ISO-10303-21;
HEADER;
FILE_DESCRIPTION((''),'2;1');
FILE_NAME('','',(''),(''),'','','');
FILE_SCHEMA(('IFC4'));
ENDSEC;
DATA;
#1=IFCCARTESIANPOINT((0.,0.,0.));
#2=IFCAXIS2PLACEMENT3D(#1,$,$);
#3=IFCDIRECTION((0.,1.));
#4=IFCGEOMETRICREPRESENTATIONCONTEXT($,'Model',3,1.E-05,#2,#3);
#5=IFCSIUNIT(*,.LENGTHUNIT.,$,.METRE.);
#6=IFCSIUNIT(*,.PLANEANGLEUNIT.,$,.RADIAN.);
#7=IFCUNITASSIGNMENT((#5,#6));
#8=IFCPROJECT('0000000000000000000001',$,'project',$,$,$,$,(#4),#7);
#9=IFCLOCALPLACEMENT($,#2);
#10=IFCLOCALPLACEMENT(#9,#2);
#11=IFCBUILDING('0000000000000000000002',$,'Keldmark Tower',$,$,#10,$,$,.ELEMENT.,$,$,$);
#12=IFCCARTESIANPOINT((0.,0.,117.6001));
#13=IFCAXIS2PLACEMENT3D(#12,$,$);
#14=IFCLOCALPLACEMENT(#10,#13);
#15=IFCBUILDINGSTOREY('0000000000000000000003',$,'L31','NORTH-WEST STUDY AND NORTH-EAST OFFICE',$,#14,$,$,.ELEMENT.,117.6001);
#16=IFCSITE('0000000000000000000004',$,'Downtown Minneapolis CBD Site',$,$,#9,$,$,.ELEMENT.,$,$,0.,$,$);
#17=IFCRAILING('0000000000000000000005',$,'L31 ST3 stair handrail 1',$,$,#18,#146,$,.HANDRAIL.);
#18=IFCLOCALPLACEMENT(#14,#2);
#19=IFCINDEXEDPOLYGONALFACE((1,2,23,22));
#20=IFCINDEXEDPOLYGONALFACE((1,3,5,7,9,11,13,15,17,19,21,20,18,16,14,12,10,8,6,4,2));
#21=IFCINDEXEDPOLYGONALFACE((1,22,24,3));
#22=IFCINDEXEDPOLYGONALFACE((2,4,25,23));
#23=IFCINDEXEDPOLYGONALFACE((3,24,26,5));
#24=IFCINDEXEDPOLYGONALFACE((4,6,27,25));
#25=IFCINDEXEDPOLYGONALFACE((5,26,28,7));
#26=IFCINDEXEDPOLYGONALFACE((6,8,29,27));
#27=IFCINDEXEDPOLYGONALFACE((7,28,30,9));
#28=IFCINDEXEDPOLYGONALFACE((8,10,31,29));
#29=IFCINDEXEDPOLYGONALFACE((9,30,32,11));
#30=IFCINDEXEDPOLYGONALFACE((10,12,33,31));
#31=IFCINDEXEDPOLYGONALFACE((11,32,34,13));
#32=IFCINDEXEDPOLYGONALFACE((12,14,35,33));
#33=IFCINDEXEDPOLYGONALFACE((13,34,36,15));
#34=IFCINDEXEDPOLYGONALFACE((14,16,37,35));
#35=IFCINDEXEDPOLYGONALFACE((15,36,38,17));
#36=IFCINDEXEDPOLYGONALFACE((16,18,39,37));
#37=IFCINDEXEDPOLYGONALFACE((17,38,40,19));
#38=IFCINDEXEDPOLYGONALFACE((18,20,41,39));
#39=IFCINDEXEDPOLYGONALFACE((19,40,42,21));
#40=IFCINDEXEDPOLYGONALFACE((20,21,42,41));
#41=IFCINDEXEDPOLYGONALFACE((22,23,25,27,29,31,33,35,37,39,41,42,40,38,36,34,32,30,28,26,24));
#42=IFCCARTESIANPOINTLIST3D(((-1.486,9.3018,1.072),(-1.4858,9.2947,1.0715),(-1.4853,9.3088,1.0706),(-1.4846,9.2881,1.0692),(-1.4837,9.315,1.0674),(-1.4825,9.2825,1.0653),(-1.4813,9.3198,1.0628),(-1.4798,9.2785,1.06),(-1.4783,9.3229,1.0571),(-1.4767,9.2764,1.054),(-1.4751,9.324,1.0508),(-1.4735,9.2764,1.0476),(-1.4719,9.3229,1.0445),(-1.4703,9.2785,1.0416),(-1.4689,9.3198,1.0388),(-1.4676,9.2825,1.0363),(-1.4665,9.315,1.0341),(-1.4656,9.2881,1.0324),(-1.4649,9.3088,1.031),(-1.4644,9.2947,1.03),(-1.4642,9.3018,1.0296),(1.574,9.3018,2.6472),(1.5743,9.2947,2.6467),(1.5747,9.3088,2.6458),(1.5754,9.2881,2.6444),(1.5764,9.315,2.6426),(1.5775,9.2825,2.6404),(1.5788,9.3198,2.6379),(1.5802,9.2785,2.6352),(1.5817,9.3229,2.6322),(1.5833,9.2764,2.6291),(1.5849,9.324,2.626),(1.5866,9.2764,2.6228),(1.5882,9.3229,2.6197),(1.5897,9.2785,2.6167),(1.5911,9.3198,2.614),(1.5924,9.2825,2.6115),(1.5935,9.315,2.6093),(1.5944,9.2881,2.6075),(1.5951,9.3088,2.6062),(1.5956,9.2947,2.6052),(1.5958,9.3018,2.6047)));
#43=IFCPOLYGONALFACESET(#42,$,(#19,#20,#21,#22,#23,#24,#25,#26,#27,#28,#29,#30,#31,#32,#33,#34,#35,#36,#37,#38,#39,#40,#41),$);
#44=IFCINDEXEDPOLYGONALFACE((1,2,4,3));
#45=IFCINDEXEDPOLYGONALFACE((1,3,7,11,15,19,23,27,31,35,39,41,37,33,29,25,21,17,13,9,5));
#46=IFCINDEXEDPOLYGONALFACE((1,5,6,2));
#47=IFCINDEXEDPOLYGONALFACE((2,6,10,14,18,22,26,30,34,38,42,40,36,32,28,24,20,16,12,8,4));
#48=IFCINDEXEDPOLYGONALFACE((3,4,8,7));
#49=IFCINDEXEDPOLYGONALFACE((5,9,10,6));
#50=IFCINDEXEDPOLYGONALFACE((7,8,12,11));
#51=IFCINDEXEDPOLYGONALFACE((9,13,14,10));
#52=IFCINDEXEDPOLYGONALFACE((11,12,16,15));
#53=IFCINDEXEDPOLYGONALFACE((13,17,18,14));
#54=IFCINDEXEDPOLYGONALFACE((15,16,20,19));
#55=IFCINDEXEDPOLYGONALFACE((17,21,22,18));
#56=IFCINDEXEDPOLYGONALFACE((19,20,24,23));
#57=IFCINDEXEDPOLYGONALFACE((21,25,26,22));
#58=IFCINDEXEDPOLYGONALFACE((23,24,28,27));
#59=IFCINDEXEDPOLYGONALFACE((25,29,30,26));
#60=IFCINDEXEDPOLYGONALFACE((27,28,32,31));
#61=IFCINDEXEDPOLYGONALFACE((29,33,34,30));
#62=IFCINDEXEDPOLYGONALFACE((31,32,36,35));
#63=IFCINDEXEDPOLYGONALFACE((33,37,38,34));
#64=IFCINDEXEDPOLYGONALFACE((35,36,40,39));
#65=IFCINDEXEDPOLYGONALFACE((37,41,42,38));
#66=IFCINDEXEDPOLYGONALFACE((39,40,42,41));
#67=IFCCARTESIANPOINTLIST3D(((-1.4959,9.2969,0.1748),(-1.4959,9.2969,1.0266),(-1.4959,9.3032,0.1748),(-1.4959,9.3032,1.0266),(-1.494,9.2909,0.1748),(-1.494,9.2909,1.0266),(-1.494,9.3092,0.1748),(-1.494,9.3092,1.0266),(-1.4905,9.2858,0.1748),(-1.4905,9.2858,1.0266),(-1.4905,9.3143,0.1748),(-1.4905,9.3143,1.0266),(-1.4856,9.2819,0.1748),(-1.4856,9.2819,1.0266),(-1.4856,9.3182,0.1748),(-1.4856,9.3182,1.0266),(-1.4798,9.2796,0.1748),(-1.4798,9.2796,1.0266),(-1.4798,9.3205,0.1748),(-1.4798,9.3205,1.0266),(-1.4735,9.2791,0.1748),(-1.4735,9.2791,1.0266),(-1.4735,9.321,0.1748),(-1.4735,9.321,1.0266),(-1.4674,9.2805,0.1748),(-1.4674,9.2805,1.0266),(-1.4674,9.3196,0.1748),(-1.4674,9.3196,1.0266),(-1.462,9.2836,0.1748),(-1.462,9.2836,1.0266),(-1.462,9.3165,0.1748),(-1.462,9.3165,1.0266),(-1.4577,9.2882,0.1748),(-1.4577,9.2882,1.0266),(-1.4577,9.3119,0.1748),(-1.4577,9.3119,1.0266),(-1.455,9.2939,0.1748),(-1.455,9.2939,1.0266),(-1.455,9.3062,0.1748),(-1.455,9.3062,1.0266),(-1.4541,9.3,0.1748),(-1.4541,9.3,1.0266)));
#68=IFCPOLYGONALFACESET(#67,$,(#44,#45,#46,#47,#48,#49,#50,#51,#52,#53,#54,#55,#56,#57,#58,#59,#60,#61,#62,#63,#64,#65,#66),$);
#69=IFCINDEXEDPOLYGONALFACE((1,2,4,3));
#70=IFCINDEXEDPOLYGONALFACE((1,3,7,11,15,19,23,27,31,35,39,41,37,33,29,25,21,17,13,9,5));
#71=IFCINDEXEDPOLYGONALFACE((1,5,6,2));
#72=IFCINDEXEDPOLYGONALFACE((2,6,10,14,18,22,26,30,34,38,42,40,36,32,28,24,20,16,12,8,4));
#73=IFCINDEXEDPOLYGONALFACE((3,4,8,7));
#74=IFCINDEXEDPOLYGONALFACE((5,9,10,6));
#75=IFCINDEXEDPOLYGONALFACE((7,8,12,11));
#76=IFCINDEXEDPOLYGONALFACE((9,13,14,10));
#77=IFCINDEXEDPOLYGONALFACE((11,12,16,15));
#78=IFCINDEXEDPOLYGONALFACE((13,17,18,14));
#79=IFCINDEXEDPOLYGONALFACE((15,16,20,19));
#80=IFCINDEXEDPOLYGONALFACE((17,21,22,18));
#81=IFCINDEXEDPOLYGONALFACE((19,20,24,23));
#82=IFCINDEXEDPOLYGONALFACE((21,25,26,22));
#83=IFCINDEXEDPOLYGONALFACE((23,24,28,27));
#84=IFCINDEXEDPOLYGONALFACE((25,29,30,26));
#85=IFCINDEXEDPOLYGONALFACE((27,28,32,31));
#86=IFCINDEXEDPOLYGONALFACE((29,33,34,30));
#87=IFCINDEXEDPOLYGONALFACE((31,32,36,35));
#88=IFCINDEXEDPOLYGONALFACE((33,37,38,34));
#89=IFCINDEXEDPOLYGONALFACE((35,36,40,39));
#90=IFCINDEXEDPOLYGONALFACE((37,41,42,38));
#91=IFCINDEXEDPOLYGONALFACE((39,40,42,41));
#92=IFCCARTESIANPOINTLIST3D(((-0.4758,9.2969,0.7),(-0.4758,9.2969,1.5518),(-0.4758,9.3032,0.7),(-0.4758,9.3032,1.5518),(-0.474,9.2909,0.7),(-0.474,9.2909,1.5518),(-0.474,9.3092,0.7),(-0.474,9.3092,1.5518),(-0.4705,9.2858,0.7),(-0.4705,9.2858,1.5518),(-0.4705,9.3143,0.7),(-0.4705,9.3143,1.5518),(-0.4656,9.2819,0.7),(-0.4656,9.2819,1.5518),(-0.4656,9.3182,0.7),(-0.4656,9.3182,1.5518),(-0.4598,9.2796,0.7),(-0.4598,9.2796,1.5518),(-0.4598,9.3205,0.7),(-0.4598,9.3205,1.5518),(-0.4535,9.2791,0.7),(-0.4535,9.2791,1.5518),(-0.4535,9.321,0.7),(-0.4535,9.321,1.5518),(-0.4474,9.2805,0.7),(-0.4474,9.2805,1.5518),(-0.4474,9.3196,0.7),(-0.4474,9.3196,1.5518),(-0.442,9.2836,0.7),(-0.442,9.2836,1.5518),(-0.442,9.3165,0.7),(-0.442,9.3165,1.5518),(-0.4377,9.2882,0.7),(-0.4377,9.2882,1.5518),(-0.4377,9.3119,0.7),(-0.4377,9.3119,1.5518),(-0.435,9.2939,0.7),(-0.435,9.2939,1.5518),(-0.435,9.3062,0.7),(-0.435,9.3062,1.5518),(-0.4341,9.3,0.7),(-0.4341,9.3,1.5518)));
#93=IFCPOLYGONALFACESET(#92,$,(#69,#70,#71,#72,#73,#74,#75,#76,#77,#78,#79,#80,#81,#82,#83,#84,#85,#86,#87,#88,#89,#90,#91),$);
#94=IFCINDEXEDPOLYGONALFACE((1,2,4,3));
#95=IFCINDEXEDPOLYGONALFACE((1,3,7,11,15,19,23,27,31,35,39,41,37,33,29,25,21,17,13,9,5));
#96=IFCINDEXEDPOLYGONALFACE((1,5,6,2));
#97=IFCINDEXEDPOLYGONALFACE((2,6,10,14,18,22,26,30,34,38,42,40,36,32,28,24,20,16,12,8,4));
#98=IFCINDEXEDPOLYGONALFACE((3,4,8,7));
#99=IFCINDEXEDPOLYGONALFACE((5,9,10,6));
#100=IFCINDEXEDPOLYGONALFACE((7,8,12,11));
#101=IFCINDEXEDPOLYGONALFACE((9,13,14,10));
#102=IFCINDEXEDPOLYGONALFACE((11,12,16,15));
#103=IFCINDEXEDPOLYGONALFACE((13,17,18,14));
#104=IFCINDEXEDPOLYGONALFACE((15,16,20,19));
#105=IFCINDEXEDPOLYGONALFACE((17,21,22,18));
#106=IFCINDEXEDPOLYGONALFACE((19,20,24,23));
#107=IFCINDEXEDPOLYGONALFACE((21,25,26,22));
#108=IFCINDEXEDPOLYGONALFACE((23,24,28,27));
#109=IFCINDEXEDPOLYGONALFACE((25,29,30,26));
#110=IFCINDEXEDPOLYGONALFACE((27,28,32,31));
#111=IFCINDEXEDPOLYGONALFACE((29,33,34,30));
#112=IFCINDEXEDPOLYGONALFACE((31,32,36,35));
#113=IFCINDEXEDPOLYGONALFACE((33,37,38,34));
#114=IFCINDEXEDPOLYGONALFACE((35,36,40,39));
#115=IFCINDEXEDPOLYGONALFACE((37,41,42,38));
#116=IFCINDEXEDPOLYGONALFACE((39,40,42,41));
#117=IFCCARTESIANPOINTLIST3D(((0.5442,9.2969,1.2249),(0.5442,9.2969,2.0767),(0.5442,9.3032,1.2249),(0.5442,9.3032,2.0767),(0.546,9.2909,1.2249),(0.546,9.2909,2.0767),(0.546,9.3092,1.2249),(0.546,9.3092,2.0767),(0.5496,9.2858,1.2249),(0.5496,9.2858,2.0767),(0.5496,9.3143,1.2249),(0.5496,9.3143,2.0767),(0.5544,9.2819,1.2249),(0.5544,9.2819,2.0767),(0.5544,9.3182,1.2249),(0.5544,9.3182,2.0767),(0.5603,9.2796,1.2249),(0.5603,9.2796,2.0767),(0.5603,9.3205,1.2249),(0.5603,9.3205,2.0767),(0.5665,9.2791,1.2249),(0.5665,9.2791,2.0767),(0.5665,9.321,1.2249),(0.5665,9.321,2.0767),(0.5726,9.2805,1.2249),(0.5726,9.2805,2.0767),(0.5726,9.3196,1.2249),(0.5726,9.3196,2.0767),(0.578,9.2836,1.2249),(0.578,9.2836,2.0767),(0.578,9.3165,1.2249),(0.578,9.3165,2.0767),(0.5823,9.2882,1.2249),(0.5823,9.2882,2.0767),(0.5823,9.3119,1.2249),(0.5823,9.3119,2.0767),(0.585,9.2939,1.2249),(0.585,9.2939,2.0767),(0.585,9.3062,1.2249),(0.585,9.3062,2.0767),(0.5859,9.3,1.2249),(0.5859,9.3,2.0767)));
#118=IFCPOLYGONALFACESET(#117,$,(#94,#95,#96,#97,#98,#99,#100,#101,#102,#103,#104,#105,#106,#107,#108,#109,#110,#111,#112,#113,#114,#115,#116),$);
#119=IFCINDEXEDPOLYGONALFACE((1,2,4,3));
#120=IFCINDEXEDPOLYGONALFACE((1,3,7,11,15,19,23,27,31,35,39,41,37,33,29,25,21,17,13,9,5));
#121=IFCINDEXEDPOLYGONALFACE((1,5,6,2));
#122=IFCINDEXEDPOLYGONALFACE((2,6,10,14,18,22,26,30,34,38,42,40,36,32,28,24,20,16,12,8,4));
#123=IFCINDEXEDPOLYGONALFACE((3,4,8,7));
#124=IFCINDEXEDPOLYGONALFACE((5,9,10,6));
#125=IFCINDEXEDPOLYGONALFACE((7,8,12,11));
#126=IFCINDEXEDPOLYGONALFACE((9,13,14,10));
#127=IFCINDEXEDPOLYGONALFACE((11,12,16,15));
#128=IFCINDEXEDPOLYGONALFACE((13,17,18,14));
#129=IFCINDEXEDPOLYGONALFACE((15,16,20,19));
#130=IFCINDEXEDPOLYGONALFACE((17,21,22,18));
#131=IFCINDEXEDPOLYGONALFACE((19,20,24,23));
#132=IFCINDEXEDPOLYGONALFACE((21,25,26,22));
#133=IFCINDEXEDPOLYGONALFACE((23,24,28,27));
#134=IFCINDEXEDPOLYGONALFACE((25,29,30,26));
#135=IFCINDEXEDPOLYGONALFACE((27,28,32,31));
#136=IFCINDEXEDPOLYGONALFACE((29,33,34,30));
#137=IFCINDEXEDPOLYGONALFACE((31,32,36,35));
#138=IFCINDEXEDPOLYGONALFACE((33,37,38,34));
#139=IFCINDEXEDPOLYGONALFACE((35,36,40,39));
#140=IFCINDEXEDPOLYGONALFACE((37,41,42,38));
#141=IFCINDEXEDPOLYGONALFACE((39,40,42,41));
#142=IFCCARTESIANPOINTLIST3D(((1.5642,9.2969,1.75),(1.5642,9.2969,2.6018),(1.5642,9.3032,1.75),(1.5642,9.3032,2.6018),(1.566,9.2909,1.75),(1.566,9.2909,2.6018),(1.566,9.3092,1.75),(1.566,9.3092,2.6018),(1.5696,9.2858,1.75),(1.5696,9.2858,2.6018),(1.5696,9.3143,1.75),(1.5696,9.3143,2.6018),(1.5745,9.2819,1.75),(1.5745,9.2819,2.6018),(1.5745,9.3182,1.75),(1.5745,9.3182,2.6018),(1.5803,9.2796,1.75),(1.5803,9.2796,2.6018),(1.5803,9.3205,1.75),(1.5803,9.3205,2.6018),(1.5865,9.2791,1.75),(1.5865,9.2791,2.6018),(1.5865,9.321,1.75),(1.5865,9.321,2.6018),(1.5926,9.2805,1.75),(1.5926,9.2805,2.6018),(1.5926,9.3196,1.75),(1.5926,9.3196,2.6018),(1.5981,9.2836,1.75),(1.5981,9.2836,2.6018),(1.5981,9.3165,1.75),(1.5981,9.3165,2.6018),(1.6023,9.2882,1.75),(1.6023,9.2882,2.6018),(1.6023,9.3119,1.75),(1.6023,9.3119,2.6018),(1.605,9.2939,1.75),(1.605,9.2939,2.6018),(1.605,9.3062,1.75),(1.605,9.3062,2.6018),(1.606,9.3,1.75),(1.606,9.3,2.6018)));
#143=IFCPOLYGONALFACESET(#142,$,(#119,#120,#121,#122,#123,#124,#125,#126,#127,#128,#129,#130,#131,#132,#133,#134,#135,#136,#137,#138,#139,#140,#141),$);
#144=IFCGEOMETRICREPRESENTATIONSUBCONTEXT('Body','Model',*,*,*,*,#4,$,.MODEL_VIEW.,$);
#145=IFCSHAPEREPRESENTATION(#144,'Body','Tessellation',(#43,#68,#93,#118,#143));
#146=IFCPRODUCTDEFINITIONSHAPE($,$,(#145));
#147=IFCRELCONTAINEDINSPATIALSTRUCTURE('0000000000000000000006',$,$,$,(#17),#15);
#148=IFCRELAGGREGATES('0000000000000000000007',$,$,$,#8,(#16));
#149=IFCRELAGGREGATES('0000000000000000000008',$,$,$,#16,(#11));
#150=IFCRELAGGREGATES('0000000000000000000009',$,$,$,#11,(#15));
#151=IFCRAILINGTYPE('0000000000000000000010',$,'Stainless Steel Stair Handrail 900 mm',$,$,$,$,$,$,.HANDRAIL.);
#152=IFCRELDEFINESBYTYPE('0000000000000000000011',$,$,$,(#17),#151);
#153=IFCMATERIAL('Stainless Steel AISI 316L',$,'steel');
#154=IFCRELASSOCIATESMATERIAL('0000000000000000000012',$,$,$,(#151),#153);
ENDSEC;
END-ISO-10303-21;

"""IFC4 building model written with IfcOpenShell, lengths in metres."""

from ifc_helpers import new_model, si_unit, direction, frame, origin, origin_2d, place, context, subcontext, project, spatial, circle, extrude, material, type_object, element, save


model = new_model("IFC4")

# Units and contexts
model_context = context("Model", 3, precision=1e-05, world=origin(), true_north=direction((0.0, 1.0)))
body_context = subcontext(model_context, "Body", "Model", "MODEL_VIEW")
ifc_project = project(units=[si_unit("LENGTHUNIT", "METRE"), si_unit("PLANEANGLEUNIT", "RADIAN")], contexts=[model_context])

# Site, building, storey
site_placement = place(None, origin())
site = spatial("IfcSite", under=ifc_project, at=site_placement, Name="Downtown Minneapolis CBD Site", CompositionType="ELEMENT", RefElevation=0.0)
building_placement = place(site_placement, origin())
building = spatial("IfcBuilding", under=site, at=building_placement, Name="Keldmark Tower", CompositionType="ELEMENT")
storey_placement = place(building_placement, frame((0.0, 0.0, 117.6001)))
storey = spatial("IfcBuildingStorey", under=building, at=storey_placement, Name="L31", Description="NORTH-WEST STUDY AND NORTH-EAST OFFICE", CompositionType="ELEMENT", Elevation=117.6001)

# Railing
ifc_material_1 = material(Name="Stainless Steel AISI 316L", Category="steel")
railing_type_1 = type_object("IfcRailingType", Name="Stainless Steel Stair Handrail 900 mm", PredefinedType="HANDRAIL", material=ifc_material_1)
railing_1_placement = place(storey_placement, frame((-1.4751, 9.3, 0.1748)))
element("IfcRailing", 1, at=railing_1_placement, inside=storey, type_object=railing_type_1, Name="L31 ST3 stair handrail 1", PredefinedType="HANDRAIL", context=body_context, shape_type="SweptSolid", body=[
    extrude(circle(Radius=0.0239, at=origin_2d()), frame((0.0, 0.0, 0.876), z_axis=(0.889116, 0.0, 0.457681), x_axis=(0.0, 1.0, 0.0)), (0.0, 0.0, 1.0), 3.4417),
    extrude(circle(Radius=0.021, at=origin_2d()), origin(), (0.0, 0.0, 1.0), 0.8518),
    extrude(circle(Radius=0.021, at=origin_2d()), frame((1.02, 0.0, 0.5251)), (0.0, 0.0, 1.0), 0.8518),
    extrude(circle(Radius=0.021, at=origin_2d()), frame((2.04, 0.0, 1.05)), (0.0, 0.0, 1.0), 0.8518),
    extrude(circle(Radius=0.021, at=origin_2d()), frame((3.0601, 0.0, 1.5752)), (0.0, 0.0, 1.0), 0.8518),
])

save(model, "model.ifc")
